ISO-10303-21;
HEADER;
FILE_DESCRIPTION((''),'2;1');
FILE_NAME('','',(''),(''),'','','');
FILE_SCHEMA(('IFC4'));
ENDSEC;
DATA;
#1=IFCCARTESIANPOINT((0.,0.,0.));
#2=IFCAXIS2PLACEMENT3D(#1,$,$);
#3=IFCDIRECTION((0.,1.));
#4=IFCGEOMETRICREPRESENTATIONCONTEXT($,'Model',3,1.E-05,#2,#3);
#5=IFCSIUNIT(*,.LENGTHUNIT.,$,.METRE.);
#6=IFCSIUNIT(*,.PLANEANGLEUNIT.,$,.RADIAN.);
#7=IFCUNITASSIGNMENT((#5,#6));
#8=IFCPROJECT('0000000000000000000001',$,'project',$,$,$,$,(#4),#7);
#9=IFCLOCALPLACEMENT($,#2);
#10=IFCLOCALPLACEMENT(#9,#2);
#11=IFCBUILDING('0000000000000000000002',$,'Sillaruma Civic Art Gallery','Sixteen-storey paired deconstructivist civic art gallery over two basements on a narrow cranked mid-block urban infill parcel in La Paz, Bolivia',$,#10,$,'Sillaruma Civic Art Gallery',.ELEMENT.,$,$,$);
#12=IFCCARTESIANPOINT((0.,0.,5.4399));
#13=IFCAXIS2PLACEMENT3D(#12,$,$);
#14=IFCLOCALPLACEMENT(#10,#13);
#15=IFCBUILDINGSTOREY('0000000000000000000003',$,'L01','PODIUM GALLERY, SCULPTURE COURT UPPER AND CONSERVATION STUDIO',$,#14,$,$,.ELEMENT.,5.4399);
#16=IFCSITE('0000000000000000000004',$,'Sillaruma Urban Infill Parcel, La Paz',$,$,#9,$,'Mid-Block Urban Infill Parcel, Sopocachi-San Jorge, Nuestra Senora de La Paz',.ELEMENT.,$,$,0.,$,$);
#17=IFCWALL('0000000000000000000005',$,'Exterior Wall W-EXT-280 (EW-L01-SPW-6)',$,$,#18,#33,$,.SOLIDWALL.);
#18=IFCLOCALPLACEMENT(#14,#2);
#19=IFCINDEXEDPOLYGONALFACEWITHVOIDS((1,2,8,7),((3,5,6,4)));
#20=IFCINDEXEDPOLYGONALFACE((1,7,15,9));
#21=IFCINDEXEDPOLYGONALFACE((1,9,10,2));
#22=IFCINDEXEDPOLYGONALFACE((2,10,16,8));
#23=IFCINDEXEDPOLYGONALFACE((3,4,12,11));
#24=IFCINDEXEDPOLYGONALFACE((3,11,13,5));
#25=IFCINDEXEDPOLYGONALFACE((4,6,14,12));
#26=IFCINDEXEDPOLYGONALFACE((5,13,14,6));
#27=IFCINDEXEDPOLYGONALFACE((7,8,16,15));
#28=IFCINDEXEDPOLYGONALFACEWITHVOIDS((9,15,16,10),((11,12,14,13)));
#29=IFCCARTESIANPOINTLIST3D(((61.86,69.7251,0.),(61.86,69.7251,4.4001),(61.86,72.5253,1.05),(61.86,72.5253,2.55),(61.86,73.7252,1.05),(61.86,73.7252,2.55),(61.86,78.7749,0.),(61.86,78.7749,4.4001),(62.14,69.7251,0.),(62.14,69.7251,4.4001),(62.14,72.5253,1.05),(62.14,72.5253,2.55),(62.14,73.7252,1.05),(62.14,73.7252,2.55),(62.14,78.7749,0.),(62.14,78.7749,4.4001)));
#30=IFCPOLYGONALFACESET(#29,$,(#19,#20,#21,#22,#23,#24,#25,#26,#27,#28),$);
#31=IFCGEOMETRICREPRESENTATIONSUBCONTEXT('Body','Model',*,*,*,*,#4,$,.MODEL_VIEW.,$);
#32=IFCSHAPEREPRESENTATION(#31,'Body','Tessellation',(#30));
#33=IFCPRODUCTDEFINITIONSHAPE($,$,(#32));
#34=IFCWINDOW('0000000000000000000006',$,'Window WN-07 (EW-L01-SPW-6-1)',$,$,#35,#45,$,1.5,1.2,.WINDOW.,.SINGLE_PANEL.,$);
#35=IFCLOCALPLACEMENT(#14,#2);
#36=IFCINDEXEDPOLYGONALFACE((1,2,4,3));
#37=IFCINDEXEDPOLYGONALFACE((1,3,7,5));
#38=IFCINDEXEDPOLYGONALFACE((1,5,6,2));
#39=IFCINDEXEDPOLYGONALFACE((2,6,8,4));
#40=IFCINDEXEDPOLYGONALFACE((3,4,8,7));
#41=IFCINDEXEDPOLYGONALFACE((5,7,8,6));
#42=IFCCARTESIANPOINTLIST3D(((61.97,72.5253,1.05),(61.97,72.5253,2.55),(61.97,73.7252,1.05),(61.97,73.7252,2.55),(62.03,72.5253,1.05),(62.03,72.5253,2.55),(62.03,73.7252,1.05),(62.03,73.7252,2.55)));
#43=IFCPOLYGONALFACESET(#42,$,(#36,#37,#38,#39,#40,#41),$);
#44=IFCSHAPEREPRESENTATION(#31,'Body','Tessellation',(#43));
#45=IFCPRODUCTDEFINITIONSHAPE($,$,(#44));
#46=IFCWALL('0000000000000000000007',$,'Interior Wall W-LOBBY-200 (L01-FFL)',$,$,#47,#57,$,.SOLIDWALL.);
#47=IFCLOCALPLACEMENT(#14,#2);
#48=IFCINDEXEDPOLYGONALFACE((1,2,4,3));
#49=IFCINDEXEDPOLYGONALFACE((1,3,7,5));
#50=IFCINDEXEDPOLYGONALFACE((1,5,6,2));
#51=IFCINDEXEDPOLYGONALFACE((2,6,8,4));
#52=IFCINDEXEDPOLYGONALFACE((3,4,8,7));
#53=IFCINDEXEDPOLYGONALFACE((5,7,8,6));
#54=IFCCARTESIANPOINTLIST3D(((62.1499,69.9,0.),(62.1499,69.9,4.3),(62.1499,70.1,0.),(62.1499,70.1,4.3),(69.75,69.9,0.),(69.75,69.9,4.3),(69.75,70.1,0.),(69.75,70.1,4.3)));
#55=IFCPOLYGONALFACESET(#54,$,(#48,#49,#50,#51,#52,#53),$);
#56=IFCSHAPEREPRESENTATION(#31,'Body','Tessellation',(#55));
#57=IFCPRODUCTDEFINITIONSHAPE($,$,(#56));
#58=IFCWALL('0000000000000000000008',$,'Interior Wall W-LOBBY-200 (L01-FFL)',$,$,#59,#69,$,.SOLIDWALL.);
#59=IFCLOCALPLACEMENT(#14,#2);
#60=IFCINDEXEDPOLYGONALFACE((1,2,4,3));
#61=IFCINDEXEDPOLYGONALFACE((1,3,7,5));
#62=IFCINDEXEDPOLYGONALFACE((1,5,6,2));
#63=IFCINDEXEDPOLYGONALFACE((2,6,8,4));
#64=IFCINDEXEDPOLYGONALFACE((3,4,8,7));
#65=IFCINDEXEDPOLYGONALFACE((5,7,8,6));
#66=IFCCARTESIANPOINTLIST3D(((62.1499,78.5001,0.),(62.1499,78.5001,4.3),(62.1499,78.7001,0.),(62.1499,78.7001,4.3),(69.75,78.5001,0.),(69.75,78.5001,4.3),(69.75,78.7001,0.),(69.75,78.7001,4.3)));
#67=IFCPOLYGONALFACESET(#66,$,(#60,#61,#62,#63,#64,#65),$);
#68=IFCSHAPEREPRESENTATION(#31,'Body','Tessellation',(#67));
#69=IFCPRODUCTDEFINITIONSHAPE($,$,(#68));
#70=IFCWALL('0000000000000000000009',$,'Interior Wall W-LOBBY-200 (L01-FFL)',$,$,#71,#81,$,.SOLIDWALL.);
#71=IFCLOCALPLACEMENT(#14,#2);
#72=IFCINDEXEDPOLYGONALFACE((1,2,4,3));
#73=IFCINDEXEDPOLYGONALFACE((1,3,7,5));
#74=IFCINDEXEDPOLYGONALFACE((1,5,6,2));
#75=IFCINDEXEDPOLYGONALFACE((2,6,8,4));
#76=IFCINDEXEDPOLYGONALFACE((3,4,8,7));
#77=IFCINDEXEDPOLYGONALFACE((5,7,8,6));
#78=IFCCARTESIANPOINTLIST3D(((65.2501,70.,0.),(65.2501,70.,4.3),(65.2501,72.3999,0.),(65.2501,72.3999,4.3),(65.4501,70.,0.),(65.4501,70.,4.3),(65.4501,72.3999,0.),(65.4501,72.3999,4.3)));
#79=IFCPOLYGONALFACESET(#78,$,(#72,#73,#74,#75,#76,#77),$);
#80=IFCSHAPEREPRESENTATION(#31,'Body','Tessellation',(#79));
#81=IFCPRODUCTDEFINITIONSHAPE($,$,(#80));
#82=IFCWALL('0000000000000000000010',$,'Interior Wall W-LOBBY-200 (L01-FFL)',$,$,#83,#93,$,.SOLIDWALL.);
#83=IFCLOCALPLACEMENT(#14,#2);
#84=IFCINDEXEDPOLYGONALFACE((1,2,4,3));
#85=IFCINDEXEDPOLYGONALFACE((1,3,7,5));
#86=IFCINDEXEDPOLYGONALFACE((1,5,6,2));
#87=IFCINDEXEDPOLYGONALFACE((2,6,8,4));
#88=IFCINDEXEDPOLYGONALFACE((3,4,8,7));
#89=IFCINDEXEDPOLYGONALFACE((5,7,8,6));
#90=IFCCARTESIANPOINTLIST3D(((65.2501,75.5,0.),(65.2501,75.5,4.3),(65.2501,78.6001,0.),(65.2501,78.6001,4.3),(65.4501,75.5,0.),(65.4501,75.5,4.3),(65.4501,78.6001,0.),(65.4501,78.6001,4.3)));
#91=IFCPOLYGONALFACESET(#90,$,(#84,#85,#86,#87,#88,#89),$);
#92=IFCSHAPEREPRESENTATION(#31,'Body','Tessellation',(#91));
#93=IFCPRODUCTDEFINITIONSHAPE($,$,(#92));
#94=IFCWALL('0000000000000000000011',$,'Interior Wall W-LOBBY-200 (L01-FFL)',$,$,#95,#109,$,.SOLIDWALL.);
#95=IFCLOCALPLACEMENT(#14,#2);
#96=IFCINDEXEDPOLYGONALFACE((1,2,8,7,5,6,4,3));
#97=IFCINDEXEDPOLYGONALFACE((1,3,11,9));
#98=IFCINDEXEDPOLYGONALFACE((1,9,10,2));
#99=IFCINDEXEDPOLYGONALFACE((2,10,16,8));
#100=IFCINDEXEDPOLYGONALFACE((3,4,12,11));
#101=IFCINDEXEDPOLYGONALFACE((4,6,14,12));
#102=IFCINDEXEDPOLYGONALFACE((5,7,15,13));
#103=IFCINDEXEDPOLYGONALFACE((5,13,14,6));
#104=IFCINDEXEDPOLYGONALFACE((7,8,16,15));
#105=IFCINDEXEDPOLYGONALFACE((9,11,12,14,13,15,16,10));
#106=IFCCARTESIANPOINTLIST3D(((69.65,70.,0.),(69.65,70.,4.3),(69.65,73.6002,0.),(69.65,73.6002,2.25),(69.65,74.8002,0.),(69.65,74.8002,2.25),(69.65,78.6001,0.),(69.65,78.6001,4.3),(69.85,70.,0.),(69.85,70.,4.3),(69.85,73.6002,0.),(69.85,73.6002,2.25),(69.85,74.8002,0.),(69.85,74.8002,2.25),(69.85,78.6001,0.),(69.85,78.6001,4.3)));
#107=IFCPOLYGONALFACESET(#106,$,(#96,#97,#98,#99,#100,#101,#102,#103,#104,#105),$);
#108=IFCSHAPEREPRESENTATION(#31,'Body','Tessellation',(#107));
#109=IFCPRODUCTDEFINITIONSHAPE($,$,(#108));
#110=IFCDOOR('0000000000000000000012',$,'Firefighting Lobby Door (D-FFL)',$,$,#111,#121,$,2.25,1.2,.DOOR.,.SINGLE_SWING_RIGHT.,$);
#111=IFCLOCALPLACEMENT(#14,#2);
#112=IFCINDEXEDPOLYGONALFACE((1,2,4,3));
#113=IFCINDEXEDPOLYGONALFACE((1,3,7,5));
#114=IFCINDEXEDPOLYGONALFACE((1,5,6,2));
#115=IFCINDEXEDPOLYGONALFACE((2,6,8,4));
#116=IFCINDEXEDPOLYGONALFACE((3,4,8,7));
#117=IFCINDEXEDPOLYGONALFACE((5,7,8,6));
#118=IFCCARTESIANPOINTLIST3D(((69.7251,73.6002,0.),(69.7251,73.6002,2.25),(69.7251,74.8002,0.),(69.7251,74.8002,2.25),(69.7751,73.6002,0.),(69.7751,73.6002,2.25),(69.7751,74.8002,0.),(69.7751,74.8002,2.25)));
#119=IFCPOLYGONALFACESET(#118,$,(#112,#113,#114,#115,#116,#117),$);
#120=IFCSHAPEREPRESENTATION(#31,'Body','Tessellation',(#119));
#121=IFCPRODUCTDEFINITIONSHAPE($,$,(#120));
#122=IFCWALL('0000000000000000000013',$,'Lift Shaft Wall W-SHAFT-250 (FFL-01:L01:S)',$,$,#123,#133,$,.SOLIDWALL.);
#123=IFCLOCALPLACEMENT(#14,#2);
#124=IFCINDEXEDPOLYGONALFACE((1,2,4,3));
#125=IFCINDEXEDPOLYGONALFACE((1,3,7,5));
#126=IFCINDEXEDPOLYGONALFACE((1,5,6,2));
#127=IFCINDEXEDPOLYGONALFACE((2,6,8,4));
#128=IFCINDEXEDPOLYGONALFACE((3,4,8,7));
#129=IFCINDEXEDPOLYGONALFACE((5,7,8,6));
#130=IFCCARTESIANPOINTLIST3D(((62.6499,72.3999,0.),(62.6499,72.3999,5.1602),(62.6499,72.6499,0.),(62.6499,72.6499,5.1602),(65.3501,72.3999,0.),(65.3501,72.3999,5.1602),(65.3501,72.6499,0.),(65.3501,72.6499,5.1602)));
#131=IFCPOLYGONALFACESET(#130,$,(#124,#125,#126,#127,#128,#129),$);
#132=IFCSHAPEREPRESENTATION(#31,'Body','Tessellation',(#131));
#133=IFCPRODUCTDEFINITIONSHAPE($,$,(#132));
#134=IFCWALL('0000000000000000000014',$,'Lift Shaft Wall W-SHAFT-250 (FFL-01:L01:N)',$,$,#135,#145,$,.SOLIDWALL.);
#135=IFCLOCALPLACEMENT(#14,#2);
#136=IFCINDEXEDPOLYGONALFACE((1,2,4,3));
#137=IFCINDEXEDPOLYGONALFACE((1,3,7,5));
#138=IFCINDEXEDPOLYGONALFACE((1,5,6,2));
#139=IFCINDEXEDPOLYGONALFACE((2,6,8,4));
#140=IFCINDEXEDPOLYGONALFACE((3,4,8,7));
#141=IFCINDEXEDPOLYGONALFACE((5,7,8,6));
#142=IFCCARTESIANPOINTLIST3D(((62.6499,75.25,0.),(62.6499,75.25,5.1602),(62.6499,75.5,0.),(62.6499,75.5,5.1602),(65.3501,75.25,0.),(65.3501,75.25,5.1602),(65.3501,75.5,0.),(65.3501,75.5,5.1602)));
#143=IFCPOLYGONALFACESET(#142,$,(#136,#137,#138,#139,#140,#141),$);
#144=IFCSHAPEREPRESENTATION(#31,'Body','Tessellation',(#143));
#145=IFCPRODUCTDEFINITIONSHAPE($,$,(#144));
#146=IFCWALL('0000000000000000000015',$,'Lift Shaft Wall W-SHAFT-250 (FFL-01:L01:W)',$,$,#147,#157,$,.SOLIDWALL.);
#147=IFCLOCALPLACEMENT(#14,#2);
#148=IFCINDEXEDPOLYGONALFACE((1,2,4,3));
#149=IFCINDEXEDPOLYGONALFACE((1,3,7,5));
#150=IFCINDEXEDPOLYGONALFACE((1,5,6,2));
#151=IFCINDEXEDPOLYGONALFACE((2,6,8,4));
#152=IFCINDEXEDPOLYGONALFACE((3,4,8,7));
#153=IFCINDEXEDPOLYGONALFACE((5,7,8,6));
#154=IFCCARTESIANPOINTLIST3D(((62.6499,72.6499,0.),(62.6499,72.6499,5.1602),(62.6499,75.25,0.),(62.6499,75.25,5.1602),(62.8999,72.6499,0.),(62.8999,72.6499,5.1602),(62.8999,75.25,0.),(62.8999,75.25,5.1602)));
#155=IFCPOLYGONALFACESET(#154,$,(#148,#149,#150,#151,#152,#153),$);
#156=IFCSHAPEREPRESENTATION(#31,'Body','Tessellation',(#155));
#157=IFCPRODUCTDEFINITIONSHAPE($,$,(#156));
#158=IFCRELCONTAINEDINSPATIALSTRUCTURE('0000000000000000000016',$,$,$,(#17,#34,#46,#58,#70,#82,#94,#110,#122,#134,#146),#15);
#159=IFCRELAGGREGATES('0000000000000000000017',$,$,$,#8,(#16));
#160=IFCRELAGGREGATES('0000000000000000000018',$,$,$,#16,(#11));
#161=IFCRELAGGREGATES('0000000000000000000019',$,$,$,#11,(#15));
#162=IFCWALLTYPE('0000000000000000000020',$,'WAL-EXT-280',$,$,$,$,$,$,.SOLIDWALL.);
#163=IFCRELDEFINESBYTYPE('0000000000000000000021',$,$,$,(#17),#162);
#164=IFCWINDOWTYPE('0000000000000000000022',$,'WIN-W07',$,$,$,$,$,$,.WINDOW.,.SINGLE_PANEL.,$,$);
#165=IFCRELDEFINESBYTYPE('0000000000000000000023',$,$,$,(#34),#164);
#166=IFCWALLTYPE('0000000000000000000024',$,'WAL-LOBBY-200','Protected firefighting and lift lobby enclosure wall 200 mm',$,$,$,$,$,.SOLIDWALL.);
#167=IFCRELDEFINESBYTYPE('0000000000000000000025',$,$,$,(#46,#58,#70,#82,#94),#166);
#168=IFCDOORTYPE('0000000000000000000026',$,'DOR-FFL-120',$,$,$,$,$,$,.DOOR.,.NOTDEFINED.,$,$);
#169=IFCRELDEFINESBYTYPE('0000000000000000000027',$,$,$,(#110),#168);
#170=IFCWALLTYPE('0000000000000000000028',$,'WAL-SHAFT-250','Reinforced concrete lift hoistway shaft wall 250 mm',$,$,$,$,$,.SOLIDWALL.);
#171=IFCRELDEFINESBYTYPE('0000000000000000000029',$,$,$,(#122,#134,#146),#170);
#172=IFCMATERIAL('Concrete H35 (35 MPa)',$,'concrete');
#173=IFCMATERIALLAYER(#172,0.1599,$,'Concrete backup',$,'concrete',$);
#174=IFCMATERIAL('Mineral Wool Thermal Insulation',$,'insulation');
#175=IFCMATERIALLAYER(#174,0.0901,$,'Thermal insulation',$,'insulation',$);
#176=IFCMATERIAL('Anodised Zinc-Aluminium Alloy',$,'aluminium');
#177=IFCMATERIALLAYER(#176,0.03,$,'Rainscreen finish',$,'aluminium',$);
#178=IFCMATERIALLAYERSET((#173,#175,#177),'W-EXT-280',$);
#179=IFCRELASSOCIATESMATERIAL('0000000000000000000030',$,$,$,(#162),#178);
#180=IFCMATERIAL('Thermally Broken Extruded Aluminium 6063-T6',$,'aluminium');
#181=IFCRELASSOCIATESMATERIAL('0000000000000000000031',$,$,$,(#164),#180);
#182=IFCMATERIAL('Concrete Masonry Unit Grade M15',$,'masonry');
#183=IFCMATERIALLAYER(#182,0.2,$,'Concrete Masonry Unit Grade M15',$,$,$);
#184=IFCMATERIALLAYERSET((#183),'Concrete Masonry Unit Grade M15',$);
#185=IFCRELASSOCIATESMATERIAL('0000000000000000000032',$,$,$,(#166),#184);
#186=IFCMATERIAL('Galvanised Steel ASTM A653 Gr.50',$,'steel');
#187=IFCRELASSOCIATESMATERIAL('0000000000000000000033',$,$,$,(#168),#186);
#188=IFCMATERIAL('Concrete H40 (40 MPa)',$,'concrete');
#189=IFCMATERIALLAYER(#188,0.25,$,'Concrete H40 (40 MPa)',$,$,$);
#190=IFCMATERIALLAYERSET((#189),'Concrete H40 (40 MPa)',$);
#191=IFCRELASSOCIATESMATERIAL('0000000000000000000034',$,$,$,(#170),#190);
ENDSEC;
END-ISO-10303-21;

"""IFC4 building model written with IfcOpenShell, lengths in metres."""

from ifc_helpers import new_model, si_unit, direction, frame, frame_2d, origin, place, context, subcontext, project, spatial, rectangle, extrude, material, layer, layer_set, type_object, element, fill, save


model = new_model("IFC4")

# Units and contexts
model_context = context("Model", 3, precision=1e-05, world=origin(), true_north=direction((0.0, 1.0)))
body_context = subcontext(model_context, "Body", "Model", "MODEL_VIEW")
ifc_project = project(units=[si_unit("LENGTHUNIT", "METRE"), si_unit("PLANEANGLEUNIT", "RADIAN")], contexts=[model_context])

# Site, building, storey
site_placement = place(None, origin())
site = spatial("IfcSite", under=ifc_project, at=site_placement, Name="Sillaruma Urban Infill Parcel, La Paz", LongName="Mid-Block Urban Infill Parcel, Sopocachi-San Jorge, Nuestra Senora de La Paz", CompositionType="ELEMENT", RefElevation=0.0)
building_placement = place(site_placement, origin())
building = spatial("IfcBuilding", under=site, at=building_placement, Name="Sillaruma Civic Art Gallery", Description="Sixteen-storey paired deconstructivist civic art gallery over two basements on a narrow cranked mid-block urban infill parcel in La Paz, Bolivia", LongName="Sillaruma Civic Art Gallery", CompositionType="ELEMENT")
storey_placement = place(building_placement, frame((0.0, 0.0, 5.4399)))
storey = spatial("IfcBuildingStorey", under=building, at=storey_placement, Name="L01", Description="PODIUM GALLERY, SCULPTURE COURT UPPER AND CONSERVATION STUDIO", CompositionType="ELEMENT", Elevation=5.4399)

# Shared definitions
ifc_material_1 = material(Name="Concrete H40 (40 MPa)", Category="concrete")

# Shared definitions
ifc_material_2 = material(Name="Concrete H35 (35 MPa)", Category="concrete")

# Shared definitions
ifc_material_3 = material(Name="Thermally Broken Extruded Aluminium 6063-T6", Category="aluminium")

# Wall, opening, window
ifc_layer_1 = layer(ifc_material_2, 0.1599, Name="Concrete backup", Category="concrete")
ifc_material_4 = material(Name="Mineral Wool Thermal Insulation", Category="insulation")
ifc_layer_2 = layer(ifc_material_4, 0.0901, Name="Thermal insulation", Category="insulation")
ifc_material_5 = material(Name="Anodised Zinc-Aluminium Alloy", Category="aluminium")
ifc_layer_3 = layer(ifc_material_5, 0.03, Name="Rainscreen finish", Category="aluminium")
ifc_layer_set_1 = layer_set([ifc_layer_1, ifc_layer_2, ifc_layer_3], Name="W-EXT-280")
wall_type_1 = type_object("IfcWallType", Name="WAL-EXT-280", PredefinedType="SOLIDWALL", material=ifc_layer_set_1)
wall_1_placement = place(storey_placement, frame((62.0, 69.7251, 0.0), z_axis=(0.0, 0.0, 1.0), x_axis=(0.0, 1.0, 0.0)))
wall_1 = element("IfcWall", 1, at=wall_1_placement, inside=storey, type_object=wall_type_1, Name="Exterior Wall W-EXT-280 (EW-L01-SPW-6)", PredefinedType="SOLIDWALL", context=body_context, shape_type="SweptSolid", body=[
    extrude(rectangle(XDim=9.0498, YDim=0.28, at=frame_2d((4.5249, 0.0))), origin(), (0.0, 0.0, 1.0), 4.4001),
])
opening_1_placement = place(wall_1_placement, frame((2.8, 0.0, 1.05)))
opening_1 = element("IfcOpeningElement", 2, at=opening_1_placement, cuts=wall_1, PredefinedType="OPENING", context=body_context, shape_type="SweptSolid", body=[
    extrude(rectangle(XDim=1.2, YDim=1.5, at=frame_2d((0.6001, 0.75))), frame((0.0, 0.1499, 0.0), z_axis=(0.0, -1.0, 0.0), x_axis=(1.0, 0.0, 0.0)), (0.0, 0.0, 1.0), 0.3),
])
window_type = type_object("IfcWindowType", Name="WIN-W07", PartitioningType="SINGLE_PANEL", PredefinedType="WINDOW", material=ifc_material_3)
window_placement = place(opening_1_placement, origin())
window = element("IfcWindow", 3, at=window_placement, inside=storey, type_object=window_type, Name="Window WN-07 (EW-L01-SPW-6-1)", OverallHeight=1.5, OverallWidth=1.2, PartitioningType="SINGLE_PANEL", PredefinedType="WINDOW", context=body_context, shape_type="SweptSolid", body=[
    extrude(rectangle(XDim=1.2, YDim=1.5, at=frame_2d((0.6001, 0.75))), frame((0.0, 0.03, 0.0), z_axis=(0.0, -1.0, 0.0), x_axis=(1.0, 0.0, 0.0)), (0.0, 0.0, 1.0), 0.0601),
])
fill(opening_1, window)

# Walls
ifc_material_6 = material(Name="Concrete Masonry Unit Grade M15", Category="masonry")
ifc_layer_4 = layer(ifc_material_6, 0.2, Name="Concrete Masonry Unit Grade M15")
ifc_layer_set_2 = layer_set([ifc_layer_4], Name="Concrete Masonry Unit Grade M15")
wall_type_2 = type_object("IfcWallType", Name="WAL-LOBBY-200", Description="Protected firefighting and lift lobby enclosure wall 200 mm", PredefinedType="SOLIDWALL", material=ifc_layer_set_2)
for number, where, z_axis, x_axis, name in (
    (4, (62.1499, 70.0, 0.0), (0.0, 0.0, 1.0), (1.0, 0.0, 0.0), "Interior Wall W-LOBBY-200 (L01-FFL)"),
    (5, (62.1499, 78.6001, 0.0), (0.0, 0.0, 1.0), (1.0, 0.0, 0.0), "Interior Wall W-LOBBY-200 (L01-FFL)"),
):
    element("IfcWall", number, at=place(storey_placement, frame(where, z_axis=z_axis, x_axis=x_axis)), inside=storey, type_object=wall_type_2, Name=name, PredefinedType="SOLIDWALL", context=body_context, shape_type="SweptSolid", body=[
        extrude(rectangle(XDim=7.6001, YDim=0.2, at=frame_2d((3.8, 0.0))), origin(), (0.0, 0.0, 1.0), 4.3),
    ])
wall_2_placement = place(storey_placement, frame((65.3501, 70.0, 0.0), z_axis=(0.0, 0.0, 1.0), x_axis=(0.0, 1.0, 0.0)))
element("IfcWall", 6, at=wall_2_placement, inside=storey, type_object=wall_type_2, Name="Interior Wall W-LOBBY-200 (L01-FFL)", PredefinedType="SOLIDWALL", context=body_context, shape_type="SweptSolid", body=[
    extrude(rectangle(XDim=2.3999, YDim=0.2, at=frame_2d((1.2, 0.0))), origin(), (0.0, 0.0, 1.0), 4.3),
])
wall_3_placement = place(storey_placement, frame((65.3501, 75.5, 0.0), z_axis=(0.0, 0.0, 1.0), x_axis=(0.0, 1.0, 0.0)))
element("IfcWall", 7, at=wall_3_placement, inside=storey, type_object=wall_type_2, Name="Interior Wall W-LOBBY-200 (L01-FFL)", PredefinedType="SOLIDWALL", context=body_context, shape_type="SweptSolid", body=[
    extrude(rectangle(XDim=3.1001, YDim=0.2, at=frame_2d((1.55, 0.0))), origin(), (0.0, 0.0, 1.0), 4.3),
])

# Wall, opening, door
wall_4_placement = place(storey_placement, frame((69.75, 70.0, 0.0), z_axis=(0.0, 0.0, 1.0), x_axis=(0.0, 1.0, 0.0)))
wall_4 = element("IfcWall", 8, at=wall_4_placement, inside=storey, type_object=wall_type_2, Name="Interior Wall W-LOBBY-200 (L01-FFL)", PredefinedType="SOLIDWALL", context=body_context, shape_type="SweptSolid", body=[
    extrude(rectangle(XDim=8.6001, YDim=0.2, at=frame_2d((4.3, 0.0))), origin(), (0.0, 0.0, 1.0), 4.3),
])
opening_2_placement = place(wall_4_placement, frame((3.6001, 0.0, 0.0)))
opening_2 = element("IfcOpeningElement", 9, at=opening_2_placement, cuts=wall_4, PredefinedType="OPENING", context=body_context, shape_type="SweptSolid", body=[
    extrude(rectangle(XDim=1.2, YDim=2.25, at=frame_2d((0.6001, 1.125))), frame((0.0, 0.1099, 0.0), z_axis=(0.0, -1.0, 0.0), x_axis=(1.0, 0.0, 0.0)), (0.0, 0.0, 1.0), 0.22),
])
ifc_material_7 = material(Name="Galvanised Steel ASTM A653 Gr.50", Category="steel")
door_type_1 = type_object("IfcDoorType", Name="DOR-FFL-120", OperationType="NOTDEFINED", PredefinedType="DOOR", material=ifc_material_7)
door_1_placement = place(opening_2_placement, origin())
door_1 = element("IfcDoor", 10, at=door_1_placement, inside=storey, type_object=door_type_1, Name="Firefighting Lobby Door (D-FFL)", OperationType="SINGLE_SWING_RIGHT", OverallHeight=2.25, OverallWidth=1.2, PredefinedType="DOOR", context=body_context, shape_type="SweptSolid", body=[
    extrude(rectangle(XDim=1.2, YDim=2.25, at=frame_2d((0.6001, 1.125))), frame((0.0, 0.0249, 0.0), z_axis=(0.0, -1.0, 0.0), x_axis=(1.0, 0.0, 0.0)), (0.0, 0.0, 1.0), 0.05),
])
fill(opening_2, door_1)

# Walls
ifc_layer_5 = layer(ifc_material_1, 0.25, Name="Concrete H40 (40 MPa)")
ifc_layer_set_3 = layer_set([ifc_layer_5], Name="Concrete H40 (40 MPa)")
wall_type_3 = type_object("IfcWallType", Name="WAL-SHAFT-250", Description="Reinforced concrete lift hoistway shaft wall 250 mm", PredefinedType="SOLIDWALL", material=ifc_layer_set_3)
for number, where, z_axis, x_axis, name in (
    (11, (62.6499, 72.5249, 0.0), (0.0, 0.0, 1.0), (1.0, 0.0, 0.0), "Lift Shaft Wall W-SHAFT-250 (FFL-01:L01:S)"),
    (12, (62.6499, 75.375, 0.0), (0.0, 0.0, 1.0), (1.0, 0.0, 0.0), "Lift Shaft Wall W-SHAFT-250 (FFL-01:L01:N)"),
):
    element("IfcWall", number, at=place(storey_placement, frame(where, z_axis=z_axis, x_axis=x_axis)), inside=storey, type_object=wall_type_3, Name=name, PredefinedType="SOLIDWALL", context=body_context, shape_type="SweptSolid", body=[
        extrude(rectangle(XDim=2.7002, YDim=0.25, at=frame_2d((1.3501, 0.0))), origin(), (0.0, 0.0, 1.0), 5.1602),
    ])
wall_5_placement = place(storey_placement, frame((62.7749, 72.6499, 0.0), z_axis=(0.0, 0.0, 1.0), x_axis=(0.0, 1.0, 0.0)))
element("IfcWall", 13, at=wall_5_placement, inside=storey, type_object=wall_type_3, Name="Lift Shaft Wall W-SHAFT-250 (FFL-01:L01:W)", PredefinedType="SOLIDWALL", context=body_context, shape_type="SweptSolid", body=[
    extrude(rectangle(XDim=2.6001, YDim=0.25, at=frame_2d((1.3, 0.0))), origin(), (0.0, 0.0, 1.0), 5.1602),
])

save(model, "model.ifc")
